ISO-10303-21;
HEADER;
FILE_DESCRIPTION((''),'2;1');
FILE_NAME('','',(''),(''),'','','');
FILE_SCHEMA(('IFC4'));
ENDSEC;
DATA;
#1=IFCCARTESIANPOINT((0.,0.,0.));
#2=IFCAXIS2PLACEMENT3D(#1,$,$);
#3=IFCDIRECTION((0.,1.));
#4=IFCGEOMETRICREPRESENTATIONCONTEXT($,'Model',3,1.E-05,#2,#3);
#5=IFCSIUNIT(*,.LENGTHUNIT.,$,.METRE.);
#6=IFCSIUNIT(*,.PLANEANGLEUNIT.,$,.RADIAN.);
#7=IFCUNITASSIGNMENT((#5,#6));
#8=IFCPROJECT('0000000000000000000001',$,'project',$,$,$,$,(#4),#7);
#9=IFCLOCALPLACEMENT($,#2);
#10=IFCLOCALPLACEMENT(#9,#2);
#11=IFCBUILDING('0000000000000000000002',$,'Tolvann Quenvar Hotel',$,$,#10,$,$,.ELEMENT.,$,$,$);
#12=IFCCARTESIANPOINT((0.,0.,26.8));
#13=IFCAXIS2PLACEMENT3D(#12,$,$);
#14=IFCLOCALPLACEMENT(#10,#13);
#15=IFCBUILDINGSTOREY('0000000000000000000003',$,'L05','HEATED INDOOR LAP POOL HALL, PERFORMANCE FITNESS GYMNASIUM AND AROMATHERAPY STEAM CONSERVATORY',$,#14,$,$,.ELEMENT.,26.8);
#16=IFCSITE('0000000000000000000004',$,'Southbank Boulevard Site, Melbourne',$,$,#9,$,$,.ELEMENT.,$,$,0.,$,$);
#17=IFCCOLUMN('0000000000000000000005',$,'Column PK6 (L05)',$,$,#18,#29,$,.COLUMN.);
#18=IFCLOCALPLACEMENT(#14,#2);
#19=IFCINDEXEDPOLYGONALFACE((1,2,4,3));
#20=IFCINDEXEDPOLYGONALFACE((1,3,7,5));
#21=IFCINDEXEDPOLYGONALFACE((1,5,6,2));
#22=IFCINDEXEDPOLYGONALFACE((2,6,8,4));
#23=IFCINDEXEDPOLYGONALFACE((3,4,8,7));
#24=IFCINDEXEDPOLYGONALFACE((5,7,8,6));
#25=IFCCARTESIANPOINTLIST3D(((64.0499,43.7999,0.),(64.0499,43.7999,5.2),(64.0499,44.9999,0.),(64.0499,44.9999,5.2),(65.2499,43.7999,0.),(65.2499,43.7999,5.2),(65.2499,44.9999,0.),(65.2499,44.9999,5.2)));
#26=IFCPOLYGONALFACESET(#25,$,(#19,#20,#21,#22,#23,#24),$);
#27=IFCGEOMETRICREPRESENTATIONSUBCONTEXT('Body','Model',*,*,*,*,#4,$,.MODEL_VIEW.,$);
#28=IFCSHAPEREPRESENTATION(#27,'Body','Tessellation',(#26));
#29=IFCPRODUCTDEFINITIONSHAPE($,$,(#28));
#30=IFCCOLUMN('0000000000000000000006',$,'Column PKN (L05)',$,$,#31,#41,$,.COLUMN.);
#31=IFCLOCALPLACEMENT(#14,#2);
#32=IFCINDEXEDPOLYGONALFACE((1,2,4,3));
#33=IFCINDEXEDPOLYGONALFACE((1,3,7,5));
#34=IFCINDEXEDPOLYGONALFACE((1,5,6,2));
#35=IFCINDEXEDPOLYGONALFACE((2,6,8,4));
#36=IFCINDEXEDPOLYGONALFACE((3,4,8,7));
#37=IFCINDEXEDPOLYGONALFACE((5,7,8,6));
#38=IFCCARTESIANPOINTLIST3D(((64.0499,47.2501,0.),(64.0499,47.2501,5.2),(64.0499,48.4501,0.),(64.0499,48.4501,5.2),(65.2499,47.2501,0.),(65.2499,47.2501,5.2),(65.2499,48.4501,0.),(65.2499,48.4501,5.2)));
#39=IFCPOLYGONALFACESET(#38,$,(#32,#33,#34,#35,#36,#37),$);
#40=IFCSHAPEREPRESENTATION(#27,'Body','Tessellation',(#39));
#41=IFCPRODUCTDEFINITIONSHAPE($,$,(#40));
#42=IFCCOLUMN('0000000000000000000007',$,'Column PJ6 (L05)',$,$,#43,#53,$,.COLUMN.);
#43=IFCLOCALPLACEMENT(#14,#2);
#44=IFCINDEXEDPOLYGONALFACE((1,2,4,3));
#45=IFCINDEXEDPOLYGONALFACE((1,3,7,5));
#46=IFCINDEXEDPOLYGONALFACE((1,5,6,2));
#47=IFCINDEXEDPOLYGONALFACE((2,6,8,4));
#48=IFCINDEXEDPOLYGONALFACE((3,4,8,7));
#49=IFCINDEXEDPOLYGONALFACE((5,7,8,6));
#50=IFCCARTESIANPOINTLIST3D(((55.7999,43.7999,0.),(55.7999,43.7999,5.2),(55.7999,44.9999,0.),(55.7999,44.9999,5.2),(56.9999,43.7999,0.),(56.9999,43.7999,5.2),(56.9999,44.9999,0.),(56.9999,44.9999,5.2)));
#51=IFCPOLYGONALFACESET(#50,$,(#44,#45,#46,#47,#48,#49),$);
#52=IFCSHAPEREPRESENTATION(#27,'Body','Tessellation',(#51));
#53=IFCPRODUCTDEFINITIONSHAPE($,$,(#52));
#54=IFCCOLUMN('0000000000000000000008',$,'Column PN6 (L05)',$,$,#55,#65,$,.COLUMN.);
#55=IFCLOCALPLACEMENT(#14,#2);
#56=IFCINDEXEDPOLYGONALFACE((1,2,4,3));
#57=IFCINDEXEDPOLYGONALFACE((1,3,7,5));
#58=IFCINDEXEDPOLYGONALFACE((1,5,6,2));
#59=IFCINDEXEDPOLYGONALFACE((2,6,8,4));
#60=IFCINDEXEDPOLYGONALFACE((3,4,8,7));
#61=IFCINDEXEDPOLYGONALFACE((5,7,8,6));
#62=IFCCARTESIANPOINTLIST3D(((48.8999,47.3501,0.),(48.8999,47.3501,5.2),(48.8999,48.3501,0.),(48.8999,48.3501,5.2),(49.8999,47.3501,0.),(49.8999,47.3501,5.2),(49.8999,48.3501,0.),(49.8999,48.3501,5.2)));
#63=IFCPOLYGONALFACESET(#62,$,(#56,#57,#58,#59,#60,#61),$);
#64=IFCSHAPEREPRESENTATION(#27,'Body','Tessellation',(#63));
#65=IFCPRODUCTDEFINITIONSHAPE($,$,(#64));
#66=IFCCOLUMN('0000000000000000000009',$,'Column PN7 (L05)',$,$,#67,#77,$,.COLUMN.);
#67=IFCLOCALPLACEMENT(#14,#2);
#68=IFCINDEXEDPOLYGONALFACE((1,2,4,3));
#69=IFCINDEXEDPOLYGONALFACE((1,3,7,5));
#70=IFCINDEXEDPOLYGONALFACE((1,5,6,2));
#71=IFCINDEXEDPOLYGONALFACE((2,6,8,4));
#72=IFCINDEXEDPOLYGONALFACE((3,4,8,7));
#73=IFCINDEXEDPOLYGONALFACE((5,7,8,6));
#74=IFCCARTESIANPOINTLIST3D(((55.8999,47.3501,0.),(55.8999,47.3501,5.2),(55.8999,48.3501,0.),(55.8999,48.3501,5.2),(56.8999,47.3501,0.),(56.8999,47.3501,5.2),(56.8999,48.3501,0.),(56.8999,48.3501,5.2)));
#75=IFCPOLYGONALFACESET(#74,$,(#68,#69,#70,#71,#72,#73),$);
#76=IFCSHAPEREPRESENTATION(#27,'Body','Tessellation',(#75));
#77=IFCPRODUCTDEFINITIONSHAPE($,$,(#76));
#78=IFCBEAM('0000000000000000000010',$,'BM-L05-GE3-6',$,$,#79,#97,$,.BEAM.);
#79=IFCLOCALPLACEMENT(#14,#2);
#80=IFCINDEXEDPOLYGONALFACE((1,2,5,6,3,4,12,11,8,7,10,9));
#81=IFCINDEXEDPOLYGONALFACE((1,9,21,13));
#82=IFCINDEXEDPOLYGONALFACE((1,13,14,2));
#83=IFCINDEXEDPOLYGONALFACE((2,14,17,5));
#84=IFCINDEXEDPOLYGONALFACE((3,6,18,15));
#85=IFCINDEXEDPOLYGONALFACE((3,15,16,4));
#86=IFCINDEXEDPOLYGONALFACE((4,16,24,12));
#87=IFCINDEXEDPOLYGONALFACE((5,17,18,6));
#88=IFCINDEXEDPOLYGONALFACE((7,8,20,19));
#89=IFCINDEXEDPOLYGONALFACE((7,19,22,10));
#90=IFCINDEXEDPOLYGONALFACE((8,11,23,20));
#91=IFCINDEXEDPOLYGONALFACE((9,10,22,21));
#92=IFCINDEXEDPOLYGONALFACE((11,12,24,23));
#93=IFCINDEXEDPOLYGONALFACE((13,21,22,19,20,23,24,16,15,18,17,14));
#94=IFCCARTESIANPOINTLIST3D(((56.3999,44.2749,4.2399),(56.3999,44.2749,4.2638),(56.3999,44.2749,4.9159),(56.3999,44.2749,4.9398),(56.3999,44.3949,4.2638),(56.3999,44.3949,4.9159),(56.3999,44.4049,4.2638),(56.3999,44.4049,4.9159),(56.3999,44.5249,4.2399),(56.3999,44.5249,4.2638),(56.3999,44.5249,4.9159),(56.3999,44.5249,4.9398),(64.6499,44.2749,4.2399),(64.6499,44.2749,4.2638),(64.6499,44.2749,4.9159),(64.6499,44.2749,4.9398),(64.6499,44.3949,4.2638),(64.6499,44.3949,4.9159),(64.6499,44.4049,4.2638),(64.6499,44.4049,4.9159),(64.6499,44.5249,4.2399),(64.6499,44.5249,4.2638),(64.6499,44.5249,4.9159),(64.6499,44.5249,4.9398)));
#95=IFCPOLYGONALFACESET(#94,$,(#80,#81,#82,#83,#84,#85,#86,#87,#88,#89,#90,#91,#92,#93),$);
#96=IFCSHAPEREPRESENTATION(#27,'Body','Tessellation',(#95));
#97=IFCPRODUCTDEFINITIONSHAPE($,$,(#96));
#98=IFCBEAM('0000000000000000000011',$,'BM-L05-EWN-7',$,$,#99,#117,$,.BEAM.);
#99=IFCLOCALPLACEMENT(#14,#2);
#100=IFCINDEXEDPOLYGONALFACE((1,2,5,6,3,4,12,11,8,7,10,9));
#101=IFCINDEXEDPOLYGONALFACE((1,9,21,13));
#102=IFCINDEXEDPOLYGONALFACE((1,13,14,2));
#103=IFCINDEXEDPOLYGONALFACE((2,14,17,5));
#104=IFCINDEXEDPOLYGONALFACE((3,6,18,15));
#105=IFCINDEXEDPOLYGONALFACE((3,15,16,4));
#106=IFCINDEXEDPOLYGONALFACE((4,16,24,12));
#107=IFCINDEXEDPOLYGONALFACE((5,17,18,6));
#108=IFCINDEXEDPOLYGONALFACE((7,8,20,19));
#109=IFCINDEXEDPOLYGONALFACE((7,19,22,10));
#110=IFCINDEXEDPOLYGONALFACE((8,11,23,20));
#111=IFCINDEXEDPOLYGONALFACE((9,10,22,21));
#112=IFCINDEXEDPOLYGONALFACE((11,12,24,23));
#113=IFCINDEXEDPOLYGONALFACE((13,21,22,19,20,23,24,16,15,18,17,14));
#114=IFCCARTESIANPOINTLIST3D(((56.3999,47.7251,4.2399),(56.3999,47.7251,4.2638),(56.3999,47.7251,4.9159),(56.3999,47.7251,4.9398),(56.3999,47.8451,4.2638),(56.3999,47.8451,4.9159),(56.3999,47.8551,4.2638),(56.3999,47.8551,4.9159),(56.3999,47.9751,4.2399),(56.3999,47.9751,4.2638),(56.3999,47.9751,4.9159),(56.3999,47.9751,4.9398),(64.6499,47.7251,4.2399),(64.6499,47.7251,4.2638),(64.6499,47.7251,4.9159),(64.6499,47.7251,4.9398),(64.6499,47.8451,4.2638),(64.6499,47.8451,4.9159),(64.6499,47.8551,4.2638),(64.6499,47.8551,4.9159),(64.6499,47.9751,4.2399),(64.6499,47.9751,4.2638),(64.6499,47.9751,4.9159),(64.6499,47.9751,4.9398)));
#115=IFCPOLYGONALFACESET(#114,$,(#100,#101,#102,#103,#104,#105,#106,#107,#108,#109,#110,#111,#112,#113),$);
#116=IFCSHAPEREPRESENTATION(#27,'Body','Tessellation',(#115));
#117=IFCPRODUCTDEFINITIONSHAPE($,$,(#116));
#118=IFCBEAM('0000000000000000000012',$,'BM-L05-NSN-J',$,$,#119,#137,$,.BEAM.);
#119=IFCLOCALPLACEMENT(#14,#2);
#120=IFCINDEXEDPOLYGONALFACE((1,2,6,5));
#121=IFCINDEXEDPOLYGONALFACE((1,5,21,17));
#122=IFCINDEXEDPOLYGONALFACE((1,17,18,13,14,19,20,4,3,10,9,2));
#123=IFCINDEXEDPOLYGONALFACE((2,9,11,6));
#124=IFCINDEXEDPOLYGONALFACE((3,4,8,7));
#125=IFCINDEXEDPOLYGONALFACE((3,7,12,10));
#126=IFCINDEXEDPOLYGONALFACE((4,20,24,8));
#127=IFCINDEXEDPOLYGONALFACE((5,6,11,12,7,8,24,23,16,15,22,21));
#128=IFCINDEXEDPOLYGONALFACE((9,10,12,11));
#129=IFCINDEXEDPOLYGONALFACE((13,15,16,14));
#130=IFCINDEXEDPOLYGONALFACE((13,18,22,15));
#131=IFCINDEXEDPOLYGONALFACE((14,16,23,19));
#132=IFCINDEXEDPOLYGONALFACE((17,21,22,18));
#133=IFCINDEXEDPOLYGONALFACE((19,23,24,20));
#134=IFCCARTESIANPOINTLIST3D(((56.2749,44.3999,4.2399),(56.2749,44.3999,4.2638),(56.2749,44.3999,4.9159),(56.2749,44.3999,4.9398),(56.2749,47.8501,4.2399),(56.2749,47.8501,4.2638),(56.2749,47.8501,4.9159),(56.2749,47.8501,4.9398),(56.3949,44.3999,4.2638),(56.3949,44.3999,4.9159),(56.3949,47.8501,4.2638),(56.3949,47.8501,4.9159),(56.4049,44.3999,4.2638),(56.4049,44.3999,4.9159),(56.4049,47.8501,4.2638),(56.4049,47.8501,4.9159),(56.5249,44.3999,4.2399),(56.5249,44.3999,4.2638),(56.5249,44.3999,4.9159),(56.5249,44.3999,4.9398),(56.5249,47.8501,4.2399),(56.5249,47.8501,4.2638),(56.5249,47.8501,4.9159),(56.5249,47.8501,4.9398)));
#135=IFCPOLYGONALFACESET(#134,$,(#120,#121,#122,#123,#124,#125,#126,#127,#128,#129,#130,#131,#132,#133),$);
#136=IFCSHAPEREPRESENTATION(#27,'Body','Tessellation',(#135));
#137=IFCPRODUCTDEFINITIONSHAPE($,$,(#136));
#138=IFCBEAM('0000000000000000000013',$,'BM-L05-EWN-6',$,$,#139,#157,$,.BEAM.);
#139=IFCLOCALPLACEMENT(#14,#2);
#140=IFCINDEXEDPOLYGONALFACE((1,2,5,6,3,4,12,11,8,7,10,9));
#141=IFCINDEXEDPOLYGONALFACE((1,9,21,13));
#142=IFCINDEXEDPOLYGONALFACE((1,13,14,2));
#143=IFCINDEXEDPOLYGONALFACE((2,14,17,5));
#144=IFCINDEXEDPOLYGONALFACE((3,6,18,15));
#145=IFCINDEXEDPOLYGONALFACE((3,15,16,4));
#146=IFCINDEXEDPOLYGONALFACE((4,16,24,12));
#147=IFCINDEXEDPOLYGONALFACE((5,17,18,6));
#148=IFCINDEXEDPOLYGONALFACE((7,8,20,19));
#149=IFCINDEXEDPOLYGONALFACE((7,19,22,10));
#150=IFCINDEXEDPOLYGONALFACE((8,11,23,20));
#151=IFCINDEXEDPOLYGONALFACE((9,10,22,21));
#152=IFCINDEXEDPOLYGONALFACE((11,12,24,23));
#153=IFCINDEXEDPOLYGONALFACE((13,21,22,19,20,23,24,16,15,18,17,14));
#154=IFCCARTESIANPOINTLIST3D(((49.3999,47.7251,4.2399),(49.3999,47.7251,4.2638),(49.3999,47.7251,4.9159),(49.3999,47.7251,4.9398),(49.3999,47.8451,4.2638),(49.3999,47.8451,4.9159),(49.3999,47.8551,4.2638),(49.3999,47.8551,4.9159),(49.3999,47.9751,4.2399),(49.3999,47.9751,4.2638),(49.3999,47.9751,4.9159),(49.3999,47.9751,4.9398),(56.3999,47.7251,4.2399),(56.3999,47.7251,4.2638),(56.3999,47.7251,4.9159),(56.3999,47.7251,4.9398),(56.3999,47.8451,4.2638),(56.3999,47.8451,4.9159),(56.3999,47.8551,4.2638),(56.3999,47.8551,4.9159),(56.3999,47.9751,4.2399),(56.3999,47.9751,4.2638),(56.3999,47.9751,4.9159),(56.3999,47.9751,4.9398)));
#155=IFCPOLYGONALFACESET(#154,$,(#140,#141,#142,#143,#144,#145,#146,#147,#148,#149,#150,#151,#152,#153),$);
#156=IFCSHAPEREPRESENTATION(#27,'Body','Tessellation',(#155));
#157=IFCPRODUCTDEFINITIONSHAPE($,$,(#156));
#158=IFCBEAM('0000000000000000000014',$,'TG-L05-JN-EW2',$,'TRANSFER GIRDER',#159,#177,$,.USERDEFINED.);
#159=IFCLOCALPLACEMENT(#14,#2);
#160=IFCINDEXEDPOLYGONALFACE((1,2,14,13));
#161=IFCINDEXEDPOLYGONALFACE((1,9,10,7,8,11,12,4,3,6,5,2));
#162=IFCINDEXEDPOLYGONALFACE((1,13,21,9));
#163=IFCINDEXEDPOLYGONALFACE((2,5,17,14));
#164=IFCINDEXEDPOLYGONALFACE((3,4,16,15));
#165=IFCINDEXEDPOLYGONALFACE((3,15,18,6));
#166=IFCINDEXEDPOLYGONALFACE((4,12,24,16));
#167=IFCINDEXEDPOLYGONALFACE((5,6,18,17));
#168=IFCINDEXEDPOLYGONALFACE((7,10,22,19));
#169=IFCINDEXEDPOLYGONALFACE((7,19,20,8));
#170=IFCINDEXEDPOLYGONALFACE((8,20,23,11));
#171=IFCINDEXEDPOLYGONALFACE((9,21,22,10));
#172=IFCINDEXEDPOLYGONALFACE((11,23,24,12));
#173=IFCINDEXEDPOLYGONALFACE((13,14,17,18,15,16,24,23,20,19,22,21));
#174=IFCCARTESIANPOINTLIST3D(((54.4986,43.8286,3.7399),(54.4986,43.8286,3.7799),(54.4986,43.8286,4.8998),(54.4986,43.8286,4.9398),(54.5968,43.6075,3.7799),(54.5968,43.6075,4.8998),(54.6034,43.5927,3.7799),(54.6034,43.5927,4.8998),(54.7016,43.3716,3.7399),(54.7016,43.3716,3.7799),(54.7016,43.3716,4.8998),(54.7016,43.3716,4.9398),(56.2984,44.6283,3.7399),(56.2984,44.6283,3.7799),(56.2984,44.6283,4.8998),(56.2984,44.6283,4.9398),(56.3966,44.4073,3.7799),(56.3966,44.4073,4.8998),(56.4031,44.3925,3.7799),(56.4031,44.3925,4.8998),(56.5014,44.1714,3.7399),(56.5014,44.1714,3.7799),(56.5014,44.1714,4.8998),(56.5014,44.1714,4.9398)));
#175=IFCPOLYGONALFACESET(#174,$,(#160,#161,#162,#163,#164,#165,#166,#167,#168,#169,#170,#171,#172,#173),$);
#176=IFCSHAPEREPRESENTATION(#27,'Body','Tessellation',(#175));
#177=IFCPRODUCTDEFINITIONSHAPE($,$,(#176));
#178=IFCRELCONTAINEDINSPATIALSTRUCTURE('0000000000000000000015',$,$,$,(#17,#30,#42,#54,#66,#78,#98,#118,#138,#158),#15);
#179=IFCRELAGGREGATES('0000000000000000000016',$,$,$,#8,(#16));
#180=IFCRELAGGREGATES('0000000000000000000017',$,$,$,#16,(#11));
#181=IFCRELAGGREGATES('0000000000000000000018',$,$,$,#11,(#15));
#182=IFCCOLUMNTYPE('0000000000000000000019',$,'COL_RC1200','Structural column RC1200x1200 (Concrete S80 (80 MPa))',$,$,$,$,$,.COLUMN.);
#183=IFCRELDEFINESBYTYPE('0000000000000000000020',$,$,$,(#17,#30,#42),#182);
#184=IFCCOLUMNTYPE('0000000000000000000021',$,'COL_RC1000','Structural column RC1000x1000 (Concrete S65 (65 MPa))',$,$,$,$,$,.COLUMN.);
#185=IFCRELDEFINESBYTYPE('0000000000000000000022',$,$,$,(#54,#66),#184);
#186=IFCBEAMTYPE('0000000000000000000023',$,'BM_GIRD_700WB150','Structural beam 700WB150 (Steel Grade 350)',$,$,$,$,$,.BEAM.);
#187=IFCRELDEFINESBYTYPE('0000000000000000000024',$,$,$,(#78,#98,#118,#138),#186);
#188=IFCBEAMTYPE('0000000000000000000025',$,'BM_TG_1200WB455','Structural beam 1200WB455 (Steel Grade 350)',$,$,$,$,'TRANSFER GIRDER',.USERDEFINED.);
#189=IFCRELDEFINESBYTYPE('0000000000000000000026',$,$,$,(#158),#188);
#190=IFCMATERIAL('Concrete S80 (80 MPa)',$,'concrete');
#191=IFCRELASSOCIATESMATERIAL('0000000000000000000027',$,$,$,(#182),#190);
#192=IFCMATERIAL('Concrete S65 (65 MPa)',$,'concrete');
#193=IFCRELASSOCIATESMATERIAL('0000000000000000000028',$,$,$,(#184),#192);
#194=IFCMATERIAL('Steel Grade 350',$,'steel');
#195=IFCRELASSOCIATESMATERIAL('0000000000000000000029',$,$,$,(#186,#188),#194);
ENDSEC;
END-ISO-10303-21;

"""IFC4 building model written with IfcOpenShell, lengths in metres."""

from ifc_helpers import new_model, si_unit, direction, frame, origin, origin_2d, place, context, subcontext, project, spatial, rectangle, i_section, extrude, source, transform, mapped, material, material_profile, profile_set, type_object, type_shapes, element, save


model = new_model("IFC4")

# Units and contexts
model_context = context("Model", 3, precision=1e-05, world=origin(), true_north=direction((0.0, 1.0)))
body_context = subcontext(model_context, "Body", "Model", "MODEL_VIEW")
ifc_project = project(units=[si_unit("LENGTHUNIT", "METRE"), si_unit("PLANEANGLEUNIT", "RADIAN")], contexts=[model_context])

# Site, building, storey
site_placement = place(None, origin())
site = spatial("IfcSite", under=ifc_project, at=site_placement, Name="Southbank Boulevard Site, Melbourne", CompositionType="ELEMENT", RefElevation=0.0)
building_placement = place(site_placement, origin())
building = spatial("IfcBuilding", under=site, at=building_placement, Name="Tolvann Quenvar Hotel", CompositionType="ELEMENT")
storey_placement = place(building_placement, frame((0.0, 0.0, 26.8)))
storey = spatial("IfcBuildingStorey", under=building, at=storey_placement, Name="L05", Description="HEATED INDOOR LAP POOL HALL, PERFORMANCE FITNESS GYMNASIUM AND AROMATHERAPY STEAM CONSERVATORY", CompositionType="ELEMENT", Elevation=26.8)

# Columns
ifc_material_1 = material(Name="Concrete S80 (80 MPa)", Category="concrete")
ifc_material_profile_1 = material_profile(ifc_material_1, rectangle(XDim=1.2, YDim=1.2, at=origin_2d()), Name="RC1200x1200")
ifc_profile_set_1 = profile_set([ifc_material_profile_1], Name="Concrete S80 (80 MPa)")
column_type_1 = type_object("IfcColumnType", Name="COL_RC1200", Description="Structural column RC1200x1200 (Concrete S80 (80 MPa))", PredefinedType="COLUMN", material=ifc_profile_set_1)
shared_shape_1 = source(origin(), body_context, "Body", "SweptSolid", [
    extrude(rectangle(XDim=1.2, YDim=1.2, at=origin_2d()), origin(), (0.0, 0.0, 1.0), 5.2),
])
type_shapes(column_type_1, [shared_shape_1])
for number, where, z_axis, x_axis, name in (
    (1, (64.6499, 44.3999, 0.0), (0.0, 0.0, 1.0), (1.0, 0.0, 0.0), "Column PK6 (L05)"),
    (2, (64.6499, 47.8501, 0.0), (0.0, 0.0, 1.0), (1.0, 0.0, 0.0), "Column PKN (L05)"),
    (3, (56.3999, 44.3999, 0.0), (0.0, 0.0, 1.0), (1.0, 0.0, 0.0), "Column PJ6 (L05)"),
):
    element("IfcColumn", number, at=place(storey_placement, frame(where, z_axis=z_axis, x_axis=x_axis)), inside=storey, type_object=column_type_1, Name=name, PredefinedType="COLUMN", context=body_context, shape_type="MappedRepresentation", body=[
        mapped(shared_shape_1, transform((0.0, 0.0, 0.0), x_axis=(1.0, 0.0, 0.0), y_axis=(0.0, 1.0, 0.0), z_axis=(0.0, 0.0, 1.0), scale=1.0)),
    ])
ifc_material_2 = material(Name="Concrete S65 (65 MPa)", Category="concrete")
ifc_material_profile_2 = material_profile(ifc_material_2, rectangle(XDim=1.0, YDim=1.0, at=origin_2d()), Name="RC1000x1000")
ifc_profile_set_2 = profile_set([ifc_material_profile_2], Name="Concrete S65 (65 MPa)")
column_type_2 = type_object("IfcColumnType", Name="COL_RC1000", Description="Structural column RC1000x1000 (Concrete S65 (65 MPa))", PredefinedType="COLUMN", material=ifc_profile_set_2)
shared_shape_2 = source(origin(), body_context, "Body", "SweptSolid", [
    extrude(rectangle(XDim=1.0, YDim=1.0, at=origin_2d()), origin(), (0.0, 0.0, 1.0), 5.2),
])
type_shapes(column_type_2, [shared_shape_2])
for number, where, z_axis, x_axis, name in (
    (4, (49.3999, 47.8501, 0.0), (0.0, 0.0, 1.0), (1.0, 0.0, 0.0), "Column PN6 (L05)"),
    (5, (56.3999, 47.8501, 0.0), (0.0, 0.0, 1.0), (1.0, 0.0, 0.0), "Column PN7 (L05)"),
):
    element("IfcColumn", number, at=place(storey_placement, frame(where, z_axis=z_axis, x_axis=x_axis)), inside=storey, type_object=column_type_2, Name=name, PredefinedType="COLUMN", context=body_context, shape_type="MappedRepresentation", body=[
        mapped(shared_shape_2, transform((0.0, 0.0, 0.0), x_axis=(1.0, 0.0, 0.0), y_axis=(0.0, 1.0, 0.0), z_axis=(0.0, 0.0, 1.0), scale=1.0)),
    ])

# Beams
ifc_material_3 = material(Name="Steel Grade 350", Category="steel")
ifc_material_profile_3 = material_profile(ifc_material_3, i_section(OverallWidth=0.25, OverallDepth=0.7, WebThickness=0.01, FlangeThickness=0.0239, at=origin_2d()), Name="700WB150")
ifc_profile_set_3 = profile_set([ifc_material_profile_3], Name="Steel Grade 350")
beam_type_1 = type_object("IfcBeamType", Name="BM_GIRD_700WB150", Description="Structural beam 700WB150 (Steel Grade 350)", PredefinedType="BEAM", material=ifc_profile_set_3)
shared_shape_3 = source(origin(), body_context, "Body", "SweptSolid", [
    extrude(i_section(OverallWidth=0.25, OverallDepth=0.7, WebThickness=0.01, FlangeThickness=0.0239, at=origin_2d()), origin(), (0.0, 0.0, 1.0), 8.25),
])
for number, where, z_axis, x_axis, name in (
    (6, (56.3999, 44.3999, 4.5898), (1.0, 0.0, 0.0), (0.0, 1.0, 0.0), "BM-L05-GE3-6"),
    (7, (56.3999, 47.8501, 4.5898), (1.0, 0.0, 0.0), (0.0, 1.0, 0.0), "BM-L05-EWN-7"),
):
    element("IfcBeam", number, at=place(storey_placement, frame(where, z_axis=z_axis, x_axis=x_axis)), inside=storey, type_object=beam_type_1, Name=name, PredefinedType="BEAM", context=body_context, shape_type="MappedRepresentation", body=[
        mapped(shared_shape_3, transform((0.0, 0.0, 0.0), x_axis=(1.0, 0.0, 0.0), y_axis=(0.0, 1.0, 0.0), z_axis=(0.0, 0.0, 1.0), scale=1.0)),
    ])
shared_shape_4 = source(origin(), body_context, "Body", "SweptSolid", [
    extrude(i_section(OverallWidth=0.25, OverallDepth=0.7, WebThickness=0.01, FlangeThickness=0.0239, at=origin_2d()), origin(), (0.0, 0.0, 1.0), 3.4502),
])
beam_1_placement = place(storey_placement, frame((56.3999, 44.3999, 4.5898), z_axis=(0.0, 1.0, 0.0), x_axis=(-1.0, 0.0, 0.0)))
element("IfcBeam", 8, at=beam_1_placement, inside=storey, type_object=beam_type_1, Name="BM-L05-NSN-J", PredefinedType="BEAM", context=body_context, shape_type="MappedRepresentation", body=[
    mapped(shared_shape_4, transform((0.0, 0.0, 0.0), x_axis=(1.0, 0.0, 0.0), y_axis=(0.0, 1.0, 0.0), z_axis=(0.0, 0.0, 1.0), scale=1.0)),
])
shared_shape_5 = source(origin(), body_context, "Body", "SweptSolid", [
    extrude(i_section(OverallWidth=0.25, OverallDepth=0.7, WebThickness=0.01, FlangeThickness=0.0239, at=origin_2d()), origin(), (0.0, 0.0, 1.0), 7.0),
])
type_shapes(beam_type_1, [shared_shape_3, shared_shape_4, shared_shape_5])
beam_2_placement = place(storey_placement, frame((49.3999, 47.8501, 4.5898), z_axis=(1.0, 0.0, 0.0), x_axis=(0.0, 1.0, 0.0)))
element("IfcBeam", 9, at=beam_2_placement, inside=storey, type_object=beam_type_1, Name="BM-L05-EWN-6", PredefinedType="BEAM", context=body_context, shape_type="MappedRepresentation", body=[
    mapped(shared_shape_5, transform((0.0, 0.0, 0.0), x_axis=(1.0, 0.0, 0.0), y_axis=(0.0, 1.0, 0.0), z_axis=(0.0, 0.0, 1.0), scale=1.0)),
])
ifc_material_profile_4 = material_profile(ifc_material_3, i_section(OverallWidth=0.5, OverallDepth=1.2, WebThickness=0.0161, FlangeThickness=0.04, at=origin_2d()), Name="1200WB455")
ifc_profile_set_4 = profile_set([ifc_material_profile_4], Name="Steel Grade 350")
beam_type_2 = type_object("IfcBeamType", Name="BM_TG_1200WB455", Description="Structural beam 1200WB455 (Steel Grade 350)", ElementType="TRANSFER GIRDER", PredefinedType="USERDEFINED", material=ifc_profile_set_4)
shared_shape_6 = source(origin(), body_context, "Body", "SweptSolid", [
    extrude(i_section(OverallWidth=0.5, OverallDepth=1.2, WebThickness=0.0161, FlangeThickness=0.04, at=origin_2d()), origin(), (0.0, 0.0, 1.0), 1.9695),
])
type_shapes(beam_type_2, [shared_shape_6])
beam_3_placement = place(storey_placement, frame((54.6001, 43.6001, 4.3398), z_axis=(0.913832, 0.406092, 0.0), x_axis=(-0.406092, 0.913832, 0.0)))
element("IfcBeam", 10, at=beam_3_placement, inside=storey, type_object=beam_type_2, Name="TG-L05-JN-EW2", ObjectType="TRANSFER GIRDER", PredefinedType="USERDEFINED", context=body_context, shape_type="MappedRepresentation", body=[
    mapped(shared_shape_6, transform((0.0, 0.0, 0.0), x_axis=(1.0, 0.0, 0.0), y_axis=(0.0, 1.0, 0.0), z_axis=(0.0, 0.0, 1.0), scale=1.0)),
])

save(model, "model.ifc")
